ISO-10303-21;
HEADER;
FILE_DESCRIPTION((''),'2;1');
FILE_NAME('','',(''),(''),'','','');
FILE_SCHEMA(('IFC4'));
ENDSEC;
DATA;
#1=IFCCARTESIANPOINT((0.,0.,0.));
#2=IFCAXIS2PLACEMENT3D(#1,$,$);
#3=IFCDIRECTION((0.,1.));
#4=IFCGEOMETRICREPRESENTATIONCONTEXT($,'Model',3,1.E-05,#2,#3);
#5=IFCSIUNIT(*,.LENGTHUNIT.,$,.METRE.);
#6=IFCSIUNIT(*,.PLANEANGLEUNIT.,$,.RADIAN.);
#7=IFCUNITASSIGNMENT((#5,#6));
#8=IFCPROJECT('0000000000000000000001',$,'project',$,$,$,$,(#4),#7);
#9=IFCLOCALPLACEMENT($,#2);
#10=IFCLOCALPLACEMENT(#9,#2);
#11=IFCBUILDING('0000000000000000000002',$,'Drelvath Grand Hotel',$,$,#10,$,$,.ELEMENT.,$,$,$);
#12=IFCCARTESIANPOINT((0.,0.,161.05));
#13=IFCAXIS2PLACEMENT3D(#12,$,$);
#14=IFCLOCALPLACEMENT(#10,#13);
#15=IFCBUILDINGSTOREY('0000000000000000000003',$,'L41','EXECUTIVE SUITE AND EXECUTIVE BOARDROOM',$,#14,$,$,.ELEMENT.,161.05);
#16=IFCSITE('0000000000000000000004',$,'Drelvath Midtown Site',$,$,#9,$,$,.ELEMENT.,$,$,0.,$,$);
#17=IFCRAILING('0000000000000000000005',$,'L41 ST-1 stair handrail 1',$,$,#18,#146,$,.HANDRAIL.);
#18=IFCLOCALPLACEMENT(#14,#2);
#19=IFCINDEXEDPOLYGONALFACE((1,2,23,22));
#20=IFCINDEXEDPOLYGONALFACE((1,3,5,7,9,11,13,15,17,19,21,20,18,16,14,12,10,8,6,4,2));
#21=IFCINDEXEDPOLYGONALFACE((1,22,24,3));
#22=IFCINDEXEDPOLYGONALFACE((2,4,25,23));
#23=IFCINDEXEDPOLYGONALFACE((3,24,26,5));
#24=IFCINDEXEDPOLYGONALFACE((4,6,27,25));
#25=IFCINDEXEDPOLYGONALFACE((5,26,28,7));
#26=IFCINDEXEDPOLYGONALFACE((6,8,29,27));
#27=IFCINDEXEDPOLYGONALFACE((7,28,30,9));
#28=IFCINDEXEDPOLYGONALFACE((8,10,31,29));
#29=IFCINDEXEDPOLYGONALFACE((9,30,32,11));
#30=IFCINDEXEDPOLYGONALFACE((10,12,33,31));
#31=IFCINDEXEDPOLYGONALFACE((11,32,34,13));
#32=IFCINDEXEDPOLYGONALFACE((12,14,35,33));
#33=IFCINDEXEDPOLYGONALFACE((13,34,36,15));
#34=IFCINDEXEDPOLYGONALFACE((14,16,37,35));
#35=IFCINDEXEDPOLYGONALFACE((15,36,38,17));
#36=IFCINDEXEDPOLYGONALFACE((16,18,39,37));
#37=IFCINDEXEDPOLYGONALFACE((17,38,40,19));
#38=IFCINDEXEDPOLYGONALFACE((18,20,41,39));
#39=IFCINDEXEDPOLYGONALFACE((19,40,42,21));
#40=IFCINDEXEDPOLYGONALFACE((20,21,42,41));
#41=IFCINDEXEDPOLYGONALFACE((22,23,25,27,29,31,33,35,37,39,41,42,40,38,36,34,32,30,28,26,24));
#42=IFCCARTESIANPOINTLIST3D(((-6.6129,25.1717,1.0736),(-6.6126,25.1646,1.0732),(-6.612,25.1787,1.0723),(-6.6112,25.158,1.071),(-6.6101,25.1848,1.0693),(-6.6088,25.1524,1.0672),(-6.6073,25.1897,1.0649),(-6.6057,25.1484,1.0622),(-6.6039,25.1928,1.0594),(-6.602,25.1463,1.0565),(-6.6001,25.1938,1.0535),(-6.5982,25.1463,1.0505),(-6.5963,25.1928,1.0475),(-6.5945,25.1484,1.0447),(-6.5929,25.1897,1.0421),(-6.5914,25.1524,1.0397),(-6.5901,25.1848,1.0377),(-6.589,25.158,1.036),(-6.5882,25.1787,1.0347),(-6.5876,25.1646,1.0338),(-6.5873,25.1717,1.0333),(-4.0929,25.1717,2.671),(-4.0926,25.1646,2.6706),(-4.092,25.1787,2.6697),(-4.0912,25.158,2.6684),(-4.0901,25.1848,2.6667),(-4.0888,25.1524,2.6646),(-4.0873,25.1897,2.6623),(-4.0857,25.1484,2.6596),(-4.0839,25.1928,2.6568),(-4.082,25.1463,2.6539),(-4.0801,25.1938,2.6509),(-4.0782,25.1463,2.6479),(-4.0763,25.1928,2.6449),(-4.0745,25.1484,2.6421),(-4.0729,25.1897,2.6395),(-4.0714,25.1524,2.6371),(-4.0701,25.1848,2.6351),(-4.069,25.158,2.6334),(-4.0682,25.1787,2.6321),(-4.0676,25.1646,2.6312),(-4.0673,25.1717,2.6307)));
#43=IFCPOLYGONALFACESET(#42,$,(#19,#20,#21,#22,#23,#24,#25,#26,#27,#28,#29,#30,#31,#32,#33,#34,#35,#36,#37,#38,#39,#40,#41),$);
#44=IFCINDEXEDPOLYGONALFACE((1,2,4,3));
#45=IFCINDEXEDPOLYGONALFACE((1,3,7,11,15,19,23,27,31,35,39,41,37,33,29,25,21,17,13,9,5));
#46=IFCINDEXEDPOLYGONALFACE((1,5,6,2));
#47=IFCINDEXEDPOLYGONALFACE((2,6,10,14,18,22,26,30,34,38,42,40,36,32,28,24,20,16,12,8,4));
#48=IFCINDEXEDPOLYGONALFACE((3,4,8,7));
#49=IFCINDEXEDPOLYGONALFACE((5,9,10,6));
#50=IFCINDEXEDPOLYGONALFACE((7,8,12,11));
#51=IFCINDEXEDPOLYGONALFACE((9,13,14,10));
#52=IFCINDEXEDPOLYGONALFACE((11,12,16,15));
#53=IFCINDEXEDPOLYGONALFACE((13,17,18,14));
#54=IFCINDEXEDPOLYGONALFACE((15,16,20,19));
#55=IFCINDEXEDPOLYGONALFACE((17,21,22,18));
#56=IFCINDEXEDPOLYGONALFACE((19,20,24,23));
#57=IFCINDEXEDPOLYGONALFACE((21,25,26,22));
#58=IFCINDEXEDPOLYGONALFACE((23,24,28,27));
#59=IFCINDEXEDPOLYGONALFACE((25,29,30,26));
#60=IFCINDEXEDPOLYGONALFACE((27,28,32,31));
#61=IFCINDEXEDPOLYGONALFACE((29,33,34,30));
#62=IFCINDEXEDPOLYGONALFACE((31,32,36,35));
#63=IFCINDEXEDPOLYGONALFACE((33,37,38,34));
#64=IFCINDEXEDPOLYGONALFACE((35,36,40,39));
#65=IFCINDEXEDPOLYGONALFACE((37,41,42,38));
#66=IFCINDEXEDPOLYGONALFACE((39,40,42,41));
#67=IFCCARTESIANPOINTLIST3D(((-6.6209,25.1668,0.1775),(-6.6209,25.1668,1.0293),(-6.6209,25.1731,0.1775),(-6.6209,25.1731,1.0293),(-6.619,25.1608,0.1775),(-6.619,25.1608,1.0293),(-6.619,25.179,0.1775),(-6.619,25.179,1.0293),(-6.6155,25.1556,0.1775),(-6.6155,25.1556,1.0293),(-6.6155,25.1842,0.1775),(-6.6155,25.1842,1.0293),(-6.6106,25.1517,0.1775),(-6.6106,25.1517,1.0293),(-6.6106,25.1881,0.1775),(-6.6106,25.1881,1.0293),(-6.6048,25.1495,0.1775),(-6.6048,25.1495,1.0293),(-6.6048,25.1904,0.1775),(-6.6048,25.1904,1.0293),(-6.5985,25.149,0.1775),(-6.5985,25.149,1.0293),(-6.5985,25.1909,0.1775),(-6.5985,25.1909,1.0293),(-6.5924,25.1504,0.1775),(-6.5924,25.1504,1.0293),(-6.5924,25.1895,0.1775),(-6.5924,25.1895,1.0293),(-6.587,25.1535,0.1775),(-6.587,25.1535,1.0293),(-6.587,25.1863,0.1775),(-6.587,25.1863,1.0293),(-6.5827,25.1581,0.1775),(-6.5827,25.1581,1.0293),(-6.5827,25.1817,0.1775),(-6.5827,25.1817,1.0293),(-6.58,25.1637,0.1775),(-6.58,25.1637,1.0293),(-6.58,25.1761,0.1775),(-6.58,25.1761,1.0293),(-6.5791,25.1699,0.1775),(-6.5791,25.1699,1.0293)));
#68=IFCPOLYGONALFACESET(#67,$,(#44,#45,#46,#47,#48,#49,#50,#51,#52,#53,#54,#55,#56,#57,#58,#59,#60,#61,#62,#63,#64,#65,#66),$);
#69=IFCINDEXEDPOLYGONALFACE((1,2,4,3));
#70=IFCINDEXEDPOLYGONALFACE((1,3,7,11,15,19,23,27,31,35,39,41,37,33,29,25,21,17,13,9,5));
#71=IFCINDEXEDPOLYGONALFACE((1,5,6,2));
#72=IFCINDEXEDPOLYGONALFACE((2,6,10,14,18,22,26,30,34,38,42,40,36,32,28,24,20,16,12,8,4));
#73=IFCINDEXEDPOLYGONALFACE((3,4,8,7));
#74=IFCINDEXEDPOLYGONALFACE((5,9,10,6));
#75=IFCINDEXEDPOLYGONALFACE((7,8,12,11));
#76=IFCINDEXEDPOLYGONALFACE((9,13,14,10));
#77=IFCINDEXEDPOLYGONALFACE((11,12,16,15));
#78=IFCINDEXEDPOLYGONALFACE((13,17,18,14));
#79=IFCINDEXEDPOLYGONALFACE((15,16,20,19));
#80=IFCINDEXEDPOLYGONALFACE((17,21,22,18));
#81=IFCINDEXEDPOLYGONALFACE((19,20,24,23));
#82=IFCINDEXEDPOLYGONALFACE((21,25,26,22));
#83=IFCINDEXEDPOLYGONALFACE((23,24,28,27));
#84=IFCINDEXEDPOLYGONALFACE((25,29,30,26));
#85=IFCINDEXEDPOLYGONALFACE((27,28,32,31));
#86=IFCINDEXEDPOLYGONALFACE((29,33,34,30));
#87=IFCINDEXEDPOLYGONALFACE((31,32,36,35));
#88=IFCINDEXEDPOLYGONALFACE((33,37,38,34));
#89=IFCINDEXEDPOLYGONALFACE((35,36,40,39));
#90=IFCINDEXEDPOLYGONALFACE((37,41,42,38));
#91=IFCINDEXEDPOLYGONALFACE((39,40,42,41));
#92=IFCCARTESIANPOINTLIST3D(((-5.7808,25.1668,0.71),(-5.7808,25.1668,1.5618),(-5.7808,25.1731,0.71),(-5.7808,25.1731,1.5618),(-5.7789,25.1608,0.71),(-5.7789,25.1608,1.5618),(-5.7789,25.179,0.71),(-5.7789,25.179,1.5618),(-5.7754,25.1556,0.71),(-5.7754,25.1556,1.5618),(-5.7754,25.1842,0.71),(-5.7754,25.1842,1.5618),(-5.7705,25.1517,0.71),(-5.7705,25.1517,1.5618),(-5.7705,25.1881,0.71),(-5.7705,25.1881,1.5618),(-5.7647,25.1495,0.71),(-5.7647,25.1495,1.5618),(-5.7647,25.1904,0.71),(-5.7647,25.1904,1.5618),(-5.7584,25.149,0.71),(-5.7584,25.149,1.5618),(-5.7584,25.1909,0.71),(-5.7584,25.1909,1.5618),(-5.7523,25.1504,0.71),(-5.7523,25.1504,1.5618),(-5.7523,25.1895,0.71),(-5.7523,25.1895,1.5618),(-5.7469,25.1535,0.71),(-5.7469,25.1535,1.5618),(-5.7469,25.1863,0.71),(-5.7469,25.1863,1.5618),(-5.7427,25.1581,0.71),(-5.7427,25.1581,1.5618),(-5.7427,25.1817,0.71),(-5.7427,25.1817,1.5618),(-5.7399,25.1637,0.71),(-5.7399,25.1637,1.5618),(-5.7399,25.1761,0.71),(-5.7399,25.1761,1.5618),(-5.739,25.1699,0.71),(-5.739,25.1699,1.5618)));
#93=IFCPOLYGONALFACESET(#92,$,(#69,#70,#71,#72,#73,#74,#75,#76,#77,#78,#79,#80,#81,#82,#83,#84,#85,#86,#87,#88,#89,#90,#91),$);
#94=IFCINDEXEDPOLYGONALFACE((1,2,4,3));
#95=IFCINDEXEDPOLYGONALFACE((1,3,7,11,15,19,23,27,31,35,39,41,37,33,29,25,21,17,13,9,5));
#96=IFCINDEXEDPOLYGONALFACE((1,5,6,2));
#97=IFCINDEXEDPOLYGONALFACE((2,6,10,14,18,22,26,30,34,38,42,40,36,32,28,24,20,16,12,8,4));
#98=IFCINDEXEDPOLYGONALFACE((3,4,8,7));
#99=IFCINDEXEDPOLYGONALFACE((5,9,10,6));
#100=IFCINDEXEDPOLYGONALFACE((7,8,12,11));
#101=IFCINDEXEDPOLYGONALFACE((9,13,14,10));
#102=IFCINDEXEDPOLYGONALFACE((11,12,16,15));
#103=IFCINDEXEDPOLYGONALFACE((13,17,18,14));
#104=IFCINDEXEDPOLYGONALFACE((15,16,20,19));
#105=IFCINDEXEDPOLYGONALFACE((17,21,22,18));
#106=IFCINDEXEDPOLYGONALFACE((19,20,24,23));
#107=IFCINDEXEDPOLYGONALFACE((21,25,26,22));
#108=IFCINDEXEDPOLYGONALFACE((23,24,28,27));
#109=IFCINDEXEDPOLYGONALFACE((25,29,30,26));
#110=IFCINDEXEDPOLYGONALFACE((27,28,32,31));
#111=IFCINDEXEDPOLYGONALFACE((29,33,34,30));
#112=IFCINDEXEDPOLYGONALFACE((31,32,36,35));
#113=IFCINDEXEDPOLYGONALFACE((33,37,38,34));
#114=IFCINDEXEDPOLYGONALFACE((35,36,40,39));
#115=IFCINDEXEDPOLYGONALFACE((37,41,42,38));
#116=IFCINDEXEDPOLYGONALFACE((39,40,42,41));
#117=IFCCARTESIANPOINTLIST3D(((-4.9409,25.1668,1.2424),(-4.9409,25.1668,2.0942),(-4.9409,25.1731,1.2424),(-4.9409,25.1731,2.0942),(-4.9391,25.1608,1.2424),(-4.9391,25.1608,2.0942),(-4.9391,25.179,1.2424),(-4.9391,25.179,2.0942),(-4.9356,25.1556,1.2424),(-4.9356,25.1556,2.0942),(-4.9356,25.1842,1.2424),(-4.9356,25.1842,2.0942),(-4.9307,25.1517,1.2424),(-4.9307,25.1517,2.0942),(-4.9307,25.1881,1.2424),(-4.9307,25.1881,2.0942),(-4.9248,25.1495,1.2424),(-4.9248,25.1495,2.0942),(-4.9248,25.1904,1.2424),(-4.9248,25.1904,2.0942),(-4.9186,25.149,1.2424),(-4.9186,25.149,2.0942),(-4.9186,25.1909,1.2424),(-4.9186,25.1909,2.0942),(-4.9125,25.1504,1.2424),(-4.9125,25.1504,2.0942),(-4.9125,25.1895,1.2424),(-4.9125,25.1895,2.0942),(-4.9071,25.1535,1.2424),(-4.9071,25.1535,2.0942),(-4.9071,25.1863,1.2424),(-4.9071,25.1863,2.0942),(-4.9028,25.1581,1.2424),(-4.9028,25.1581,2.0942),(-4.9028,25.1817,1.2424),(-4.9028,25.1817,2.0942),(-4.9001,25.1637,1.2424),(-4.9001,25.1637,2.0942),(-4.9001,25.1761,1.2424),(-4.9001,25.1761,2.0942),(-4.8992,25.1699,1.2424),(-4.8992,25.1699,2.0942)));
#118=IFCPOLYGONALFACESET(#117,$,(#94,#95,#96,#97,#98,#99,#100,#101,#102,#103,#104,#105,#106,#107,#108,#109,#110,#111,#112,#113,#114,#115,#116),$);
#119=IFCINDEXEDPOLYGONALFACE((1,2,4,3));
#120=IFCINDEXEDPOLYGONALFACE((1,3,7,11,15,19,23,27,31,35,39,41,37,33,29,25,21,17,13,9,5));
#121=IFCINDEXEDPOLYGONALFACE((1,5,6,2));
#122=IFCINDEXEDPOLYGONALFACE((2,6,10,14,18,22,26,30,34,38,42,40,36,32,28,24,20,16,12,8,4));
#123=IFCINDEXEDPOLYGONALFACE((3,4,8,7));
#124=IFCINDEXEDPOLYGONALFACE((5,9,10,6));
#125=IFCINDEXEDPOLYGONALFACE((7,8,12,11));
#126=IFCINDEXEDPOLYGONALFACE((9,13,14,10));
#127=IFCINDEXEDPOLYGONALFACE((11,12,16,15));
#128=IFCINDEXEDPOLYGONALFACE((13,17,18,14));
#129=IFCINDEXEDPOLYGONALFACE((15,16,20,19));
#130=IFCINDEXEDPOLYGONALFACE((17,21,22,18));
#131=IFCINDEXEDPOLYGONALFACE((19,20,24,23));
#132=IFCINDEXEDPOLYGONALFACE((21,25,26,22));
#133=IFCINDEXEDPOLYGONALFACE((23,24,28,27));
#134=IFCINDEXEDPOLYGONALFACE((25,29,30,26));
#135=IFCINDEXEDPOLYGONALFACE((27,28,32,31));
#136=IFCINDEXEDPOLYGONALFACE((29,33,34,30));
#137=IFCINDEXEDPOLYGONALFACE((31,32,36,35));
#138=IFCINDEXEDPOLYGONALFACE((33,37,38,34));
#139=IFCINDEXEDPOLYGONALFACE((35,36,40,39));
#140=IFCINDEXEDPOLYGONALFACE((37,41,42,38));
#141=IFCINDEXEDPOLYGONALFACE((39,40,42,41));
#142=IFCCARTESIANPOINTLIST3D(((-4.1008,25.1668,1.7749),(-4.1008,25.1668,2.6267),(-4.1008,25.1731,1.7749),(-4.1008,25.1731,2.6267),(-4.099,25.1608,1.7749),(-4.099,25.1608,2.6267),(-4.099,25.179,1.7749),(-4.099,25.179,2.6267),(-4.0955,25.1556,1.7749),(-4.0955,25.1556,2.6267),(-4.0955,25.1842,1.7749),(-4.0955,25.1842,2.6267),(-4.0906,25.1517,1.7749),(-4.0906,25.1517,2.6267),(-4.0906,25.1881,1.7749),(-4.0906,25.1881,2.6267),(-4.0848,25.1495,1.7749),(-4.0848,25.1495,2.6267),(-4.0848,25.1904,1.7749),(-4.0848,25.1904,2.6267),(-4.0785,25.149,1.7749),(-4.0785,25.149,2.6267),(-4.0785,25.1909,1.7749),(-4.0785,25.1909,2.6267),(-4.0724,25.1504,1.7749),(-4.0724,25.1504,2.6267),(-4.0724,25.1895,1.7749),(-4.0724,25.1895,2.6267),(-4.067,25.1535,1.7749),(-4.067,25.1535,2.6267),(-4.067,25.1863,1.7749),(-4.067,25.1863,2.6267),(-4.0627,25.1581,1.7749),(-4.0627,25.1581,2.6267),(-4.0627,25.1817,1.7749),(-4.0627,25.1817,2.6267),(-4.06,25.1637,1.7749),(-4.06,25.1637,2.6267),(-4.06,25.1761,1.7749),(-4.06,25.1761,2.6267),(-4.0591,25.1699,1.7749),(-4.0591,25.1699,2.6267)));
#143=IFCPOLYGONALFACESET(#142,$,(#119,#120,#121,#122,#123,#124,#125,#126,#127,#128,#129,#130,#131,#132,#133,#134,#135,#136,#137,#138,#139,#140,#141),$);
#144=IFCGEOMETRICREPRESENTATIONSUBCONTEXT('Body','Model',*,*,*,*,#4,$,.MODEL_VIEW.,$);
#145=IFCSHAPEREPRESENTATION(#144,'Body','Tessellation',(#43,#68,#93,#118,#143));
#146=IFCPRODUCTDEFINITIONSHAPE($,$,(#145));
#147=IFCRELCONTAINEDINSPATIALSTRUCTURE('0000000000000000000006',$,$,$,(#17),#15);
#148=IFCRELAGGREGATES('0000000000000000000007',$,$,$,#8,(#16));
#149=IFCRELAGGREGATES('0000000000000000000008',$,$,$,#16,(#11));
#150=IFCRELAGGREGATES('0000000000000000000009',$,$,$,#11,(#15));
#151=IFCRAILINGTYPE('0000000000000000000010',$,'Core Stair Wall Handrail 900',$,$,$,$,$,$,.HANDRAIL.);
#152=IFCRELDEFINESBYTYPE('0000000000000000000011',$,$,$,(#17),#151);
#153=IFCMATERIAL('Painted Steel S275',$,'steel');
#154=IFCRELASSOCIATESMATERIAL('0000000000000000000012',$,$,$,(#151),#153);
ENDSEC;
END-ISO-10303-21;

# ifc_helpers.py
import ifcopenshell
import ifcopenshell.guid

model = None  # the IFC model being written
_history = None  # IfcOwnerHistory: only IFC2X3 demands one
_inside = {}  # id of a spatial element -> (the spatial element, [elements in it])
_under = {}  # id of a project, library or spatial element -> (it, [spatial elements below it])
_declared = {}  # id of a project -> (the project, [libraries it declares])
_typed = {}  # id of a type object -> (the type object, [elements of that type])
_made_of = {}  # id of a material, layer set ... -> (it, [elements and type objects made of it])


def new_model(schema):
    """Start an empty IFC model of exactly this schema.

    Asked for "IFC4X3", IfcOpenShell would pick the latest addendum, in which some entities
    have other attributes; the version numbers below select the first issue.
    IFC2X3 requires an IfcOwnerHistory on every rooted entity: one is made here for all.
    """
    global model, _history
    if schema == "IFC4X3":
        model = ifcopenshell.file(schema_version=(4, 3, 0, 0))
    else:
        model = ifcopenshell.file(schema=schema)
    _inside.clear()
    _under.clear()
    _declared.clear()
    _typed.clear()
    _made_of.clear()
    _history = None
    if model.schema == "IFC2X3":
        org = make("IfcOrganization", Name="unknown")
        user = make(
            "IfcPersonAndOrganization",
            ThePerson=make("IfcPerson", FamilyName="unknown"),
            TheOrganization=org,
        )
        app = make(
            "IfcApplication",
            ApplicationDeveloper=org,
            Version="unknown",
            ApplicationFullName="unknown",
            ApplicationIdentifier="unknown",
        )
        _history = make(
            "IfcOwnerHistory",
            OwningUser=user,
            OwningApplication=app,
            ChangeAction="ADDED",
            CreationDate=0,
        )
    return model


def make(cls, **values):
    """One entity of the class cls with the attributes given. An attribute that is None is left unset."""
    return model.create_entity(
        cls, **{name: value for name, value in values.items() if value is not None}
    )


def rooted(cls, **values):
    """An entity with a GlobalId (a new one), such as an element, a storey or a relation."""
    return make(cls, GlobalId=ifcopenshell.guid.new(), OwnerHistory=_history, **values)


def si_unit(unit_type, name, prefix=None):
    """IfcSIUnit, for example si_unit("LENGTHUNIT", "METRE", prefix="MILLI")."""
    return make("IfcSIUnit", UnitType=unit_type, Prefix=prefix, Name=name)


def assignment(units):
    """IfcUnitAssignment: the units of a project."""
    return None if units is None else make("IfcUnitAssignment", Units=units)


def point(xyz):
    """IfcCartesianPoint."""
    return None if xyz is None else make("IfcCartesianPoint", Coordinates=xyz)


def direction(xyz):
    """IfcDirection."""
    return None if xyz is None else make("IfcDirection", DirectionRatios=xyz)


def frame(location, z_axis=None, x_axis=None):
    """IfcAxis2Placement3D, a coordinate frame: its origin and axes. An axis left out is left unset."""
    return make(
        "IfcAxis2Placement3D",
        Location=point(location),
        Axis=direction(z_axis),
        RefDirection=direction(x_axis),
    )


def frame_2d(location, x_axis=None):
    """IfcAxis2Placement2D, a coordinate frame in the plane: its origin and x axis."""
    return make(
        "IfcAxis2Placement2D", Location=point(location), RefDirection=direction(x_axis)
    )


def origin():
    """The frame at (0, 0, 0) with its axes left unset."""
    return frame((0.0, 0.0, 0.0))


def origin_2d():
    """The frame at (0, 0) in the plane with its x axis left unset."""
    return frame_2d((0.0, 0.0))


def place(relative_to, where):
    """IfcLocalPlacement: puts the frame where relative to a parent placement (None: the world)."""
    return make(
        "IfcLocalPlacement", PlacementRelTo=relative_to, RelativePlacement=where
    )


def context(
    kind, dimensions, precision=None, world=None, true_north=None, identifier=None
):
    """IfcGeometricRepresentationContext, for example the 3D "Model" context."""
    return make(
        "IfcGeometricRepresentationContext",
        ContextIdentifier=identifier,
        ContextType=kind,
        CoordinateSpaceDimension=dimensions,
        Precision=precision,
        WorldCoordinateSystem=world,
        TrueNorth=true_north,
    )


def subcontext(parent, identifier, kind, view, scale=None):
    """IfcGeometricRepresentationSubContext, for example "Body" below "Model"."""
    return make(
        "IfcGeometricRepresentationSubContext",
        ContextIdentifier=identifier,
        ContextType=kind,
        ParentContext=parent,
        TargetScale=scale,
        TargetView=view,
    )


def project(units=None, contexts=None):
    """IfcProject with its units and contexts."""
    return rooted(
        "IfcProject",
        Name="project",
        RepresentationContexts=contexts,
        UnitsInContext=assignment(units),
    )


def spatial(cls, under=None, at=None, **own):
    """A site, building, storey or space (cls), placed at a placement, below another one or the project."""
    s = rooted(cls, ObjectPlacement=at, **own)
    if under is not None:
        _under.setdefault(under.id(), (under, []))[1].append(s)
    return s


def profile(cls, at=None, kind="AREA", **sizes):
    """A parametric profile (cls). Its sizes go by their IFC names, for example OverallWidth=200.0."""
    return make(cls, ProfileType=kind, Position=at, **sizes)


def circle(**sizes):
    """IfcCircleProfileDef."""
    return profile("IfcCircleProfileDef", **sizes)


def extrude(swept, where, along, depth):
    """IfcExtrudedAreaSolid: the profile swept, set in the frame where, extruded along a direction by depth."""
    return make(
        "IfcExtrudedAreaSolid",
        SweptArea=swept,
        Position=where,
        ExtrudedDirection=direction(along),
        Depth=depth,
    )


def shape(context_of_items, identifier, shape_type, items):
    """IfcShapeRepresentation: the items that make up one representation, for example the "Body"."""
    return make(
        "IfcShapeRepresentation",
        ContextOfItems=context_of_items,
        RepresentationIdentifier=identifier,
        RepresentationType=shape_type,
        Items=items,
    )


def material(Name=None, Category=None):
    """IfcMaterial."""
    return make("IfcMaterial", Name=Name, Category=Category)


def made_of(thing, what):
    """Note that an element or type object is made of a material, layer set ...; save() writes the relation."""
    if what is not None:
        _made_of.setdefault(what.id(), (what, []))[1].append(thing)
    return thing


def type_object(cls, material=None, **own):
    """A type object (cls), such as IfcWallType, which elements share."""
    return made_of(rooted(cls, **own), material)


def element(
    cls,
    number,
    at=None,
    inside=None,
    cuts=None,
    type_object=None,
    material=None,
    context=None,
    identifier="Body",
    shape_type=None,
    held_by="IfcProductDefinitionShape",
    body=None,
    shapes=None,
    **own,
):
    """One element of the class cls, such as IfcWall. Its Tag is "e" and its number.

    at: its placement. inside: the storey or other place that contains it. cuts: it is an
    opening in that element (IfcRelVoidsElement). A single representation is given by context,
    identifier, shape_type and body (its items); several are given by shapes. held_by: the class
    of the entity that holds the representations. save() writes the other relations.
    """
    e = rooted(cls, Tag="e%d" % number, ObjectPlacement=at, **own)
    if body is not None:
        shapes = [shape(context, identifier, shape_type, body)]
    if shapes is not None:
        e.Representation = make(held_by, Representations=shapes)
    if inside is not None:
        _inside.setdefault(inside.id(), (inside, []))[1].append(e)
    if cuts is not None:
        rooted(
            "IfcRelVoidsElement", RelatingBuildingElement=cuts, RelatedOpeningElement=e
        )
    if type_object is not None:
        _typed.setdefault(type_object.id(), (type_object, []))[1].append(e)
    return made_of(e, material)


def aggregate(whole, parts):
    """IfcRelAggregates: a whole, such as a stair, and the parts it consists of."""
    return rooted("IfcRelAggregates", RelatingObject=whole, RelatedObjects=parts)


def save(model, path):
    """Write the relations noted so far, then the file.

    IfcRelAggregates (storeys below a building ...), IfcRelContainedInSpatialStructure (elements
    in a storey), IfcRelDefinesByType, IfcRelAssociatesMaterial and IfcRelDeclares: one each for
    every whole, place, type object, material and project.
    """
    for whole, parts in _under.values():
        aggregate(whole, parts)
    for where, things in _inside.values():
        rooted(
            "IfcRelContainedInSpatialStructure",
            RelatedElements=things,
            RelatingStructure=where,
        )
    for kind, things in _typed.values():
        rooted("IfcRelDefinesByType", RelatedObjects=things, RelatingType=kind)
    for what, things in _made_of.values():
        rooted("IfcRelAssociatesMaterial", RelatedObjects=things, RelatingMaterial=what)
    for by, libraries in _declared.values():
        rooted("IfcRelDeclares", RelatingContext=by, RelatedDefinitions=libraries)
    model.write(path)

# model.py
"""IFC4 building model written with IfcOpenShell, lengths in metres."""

from ifc_helpers import new_model, si_unit, direction, frame, origin, origin_2d, place, context, subcontext, project, spatial, circle, extrude, material, type_object, element, save


model = new_model("IFC4")

# Units and contexts
model_context = context("Model", 3, precision=1e-05, world=origin(), true_north=direction((0.0, 1.0)))
body_context = subcontext(model_context, "Body", "Model", "MODEL_VIEW")
ifc_project = project(units=[si_unit("LENGTHUNIT", "METRE"), si_unit("PLANEANGLEUNIT", "RADIAN")], contexts=[model_context])

# Site, building, storey
site_placement = place(None, origin())
site = spatial("IfcSite", under=ifc_project, at=site_placement, Name="Drelvath Midtown Site", CompositionType="ELEMENT", RefElevation=0.0)
building_placement = place(site_placement, origin())
building = spatial("IfcBuilding", under=site, at=building_placement, Name="Drelvath Grand Hotel", CompositionType="ELEMENT")
storey_placement = place(building_placement, frame((0.0, 0.0, 161.05)))
storey = spatial("IfcBuildingStorey", under=building, at=storey_placement, Name="L41", Description="EXECUTIVE SUITE AND EXECUTIVE BOARDROOM", CompositionType="ELEMENT", Elevation=161.05)

# Shared definitions
ifc_material_1 = material(Name="Painted Steel S275", Category="steel")

# Railing
railing_type_1 = type_object("IfcRailingType", Name="Core Stair Wall Handrail 900", PredefinedType="HANDRAIL", material=ifc_material_1)
railing_1_placement = place(storey_placement, frame((-6.6001, 25.1699, 0.1775)))
element("IfcRailing", 1, at=railing_1_placement, inside=storey, type_object=railing_type_1, Name="L41 ST-1 stair handrail 1", PredefinedType="HANDRAIL", context=body_context, shape_type="SweptSolid", body=[
    extrude(circle(Radius=0.0239, at=origin_2d()), frame((0.0, 0.0, 0.876), z_axis=(0.844607, 0.0, 0.535387), x_axis=(0.0, 1.0, 0.0)), (0.0, 0.0, 1.0), 2.9836),
    extrude(circle(Radius=0.021, at=origin_2d()), origin(), (0.0, 0.0, 1.0), 0.8518),
    extrude(circle(Radius=0.021, at=origin_2d()), frame((0.8401, 0.0, 0.5325)), (0.0, 0.0, 1.0), 0.8518),
    extrude(circle(Radius=0.021, at=origin_2d()), frame((1.6799, 0.0, 1.0649)), (0.0, 0.0, 1.0), 0.8518),
    extrude(circle(Radius=0.021, at=origin_2d()), frame((2.52, 0.0, 1.5974)), (0.0, 0.0, 1.0), 0.8518),
])

save(model, "model.ifc")
